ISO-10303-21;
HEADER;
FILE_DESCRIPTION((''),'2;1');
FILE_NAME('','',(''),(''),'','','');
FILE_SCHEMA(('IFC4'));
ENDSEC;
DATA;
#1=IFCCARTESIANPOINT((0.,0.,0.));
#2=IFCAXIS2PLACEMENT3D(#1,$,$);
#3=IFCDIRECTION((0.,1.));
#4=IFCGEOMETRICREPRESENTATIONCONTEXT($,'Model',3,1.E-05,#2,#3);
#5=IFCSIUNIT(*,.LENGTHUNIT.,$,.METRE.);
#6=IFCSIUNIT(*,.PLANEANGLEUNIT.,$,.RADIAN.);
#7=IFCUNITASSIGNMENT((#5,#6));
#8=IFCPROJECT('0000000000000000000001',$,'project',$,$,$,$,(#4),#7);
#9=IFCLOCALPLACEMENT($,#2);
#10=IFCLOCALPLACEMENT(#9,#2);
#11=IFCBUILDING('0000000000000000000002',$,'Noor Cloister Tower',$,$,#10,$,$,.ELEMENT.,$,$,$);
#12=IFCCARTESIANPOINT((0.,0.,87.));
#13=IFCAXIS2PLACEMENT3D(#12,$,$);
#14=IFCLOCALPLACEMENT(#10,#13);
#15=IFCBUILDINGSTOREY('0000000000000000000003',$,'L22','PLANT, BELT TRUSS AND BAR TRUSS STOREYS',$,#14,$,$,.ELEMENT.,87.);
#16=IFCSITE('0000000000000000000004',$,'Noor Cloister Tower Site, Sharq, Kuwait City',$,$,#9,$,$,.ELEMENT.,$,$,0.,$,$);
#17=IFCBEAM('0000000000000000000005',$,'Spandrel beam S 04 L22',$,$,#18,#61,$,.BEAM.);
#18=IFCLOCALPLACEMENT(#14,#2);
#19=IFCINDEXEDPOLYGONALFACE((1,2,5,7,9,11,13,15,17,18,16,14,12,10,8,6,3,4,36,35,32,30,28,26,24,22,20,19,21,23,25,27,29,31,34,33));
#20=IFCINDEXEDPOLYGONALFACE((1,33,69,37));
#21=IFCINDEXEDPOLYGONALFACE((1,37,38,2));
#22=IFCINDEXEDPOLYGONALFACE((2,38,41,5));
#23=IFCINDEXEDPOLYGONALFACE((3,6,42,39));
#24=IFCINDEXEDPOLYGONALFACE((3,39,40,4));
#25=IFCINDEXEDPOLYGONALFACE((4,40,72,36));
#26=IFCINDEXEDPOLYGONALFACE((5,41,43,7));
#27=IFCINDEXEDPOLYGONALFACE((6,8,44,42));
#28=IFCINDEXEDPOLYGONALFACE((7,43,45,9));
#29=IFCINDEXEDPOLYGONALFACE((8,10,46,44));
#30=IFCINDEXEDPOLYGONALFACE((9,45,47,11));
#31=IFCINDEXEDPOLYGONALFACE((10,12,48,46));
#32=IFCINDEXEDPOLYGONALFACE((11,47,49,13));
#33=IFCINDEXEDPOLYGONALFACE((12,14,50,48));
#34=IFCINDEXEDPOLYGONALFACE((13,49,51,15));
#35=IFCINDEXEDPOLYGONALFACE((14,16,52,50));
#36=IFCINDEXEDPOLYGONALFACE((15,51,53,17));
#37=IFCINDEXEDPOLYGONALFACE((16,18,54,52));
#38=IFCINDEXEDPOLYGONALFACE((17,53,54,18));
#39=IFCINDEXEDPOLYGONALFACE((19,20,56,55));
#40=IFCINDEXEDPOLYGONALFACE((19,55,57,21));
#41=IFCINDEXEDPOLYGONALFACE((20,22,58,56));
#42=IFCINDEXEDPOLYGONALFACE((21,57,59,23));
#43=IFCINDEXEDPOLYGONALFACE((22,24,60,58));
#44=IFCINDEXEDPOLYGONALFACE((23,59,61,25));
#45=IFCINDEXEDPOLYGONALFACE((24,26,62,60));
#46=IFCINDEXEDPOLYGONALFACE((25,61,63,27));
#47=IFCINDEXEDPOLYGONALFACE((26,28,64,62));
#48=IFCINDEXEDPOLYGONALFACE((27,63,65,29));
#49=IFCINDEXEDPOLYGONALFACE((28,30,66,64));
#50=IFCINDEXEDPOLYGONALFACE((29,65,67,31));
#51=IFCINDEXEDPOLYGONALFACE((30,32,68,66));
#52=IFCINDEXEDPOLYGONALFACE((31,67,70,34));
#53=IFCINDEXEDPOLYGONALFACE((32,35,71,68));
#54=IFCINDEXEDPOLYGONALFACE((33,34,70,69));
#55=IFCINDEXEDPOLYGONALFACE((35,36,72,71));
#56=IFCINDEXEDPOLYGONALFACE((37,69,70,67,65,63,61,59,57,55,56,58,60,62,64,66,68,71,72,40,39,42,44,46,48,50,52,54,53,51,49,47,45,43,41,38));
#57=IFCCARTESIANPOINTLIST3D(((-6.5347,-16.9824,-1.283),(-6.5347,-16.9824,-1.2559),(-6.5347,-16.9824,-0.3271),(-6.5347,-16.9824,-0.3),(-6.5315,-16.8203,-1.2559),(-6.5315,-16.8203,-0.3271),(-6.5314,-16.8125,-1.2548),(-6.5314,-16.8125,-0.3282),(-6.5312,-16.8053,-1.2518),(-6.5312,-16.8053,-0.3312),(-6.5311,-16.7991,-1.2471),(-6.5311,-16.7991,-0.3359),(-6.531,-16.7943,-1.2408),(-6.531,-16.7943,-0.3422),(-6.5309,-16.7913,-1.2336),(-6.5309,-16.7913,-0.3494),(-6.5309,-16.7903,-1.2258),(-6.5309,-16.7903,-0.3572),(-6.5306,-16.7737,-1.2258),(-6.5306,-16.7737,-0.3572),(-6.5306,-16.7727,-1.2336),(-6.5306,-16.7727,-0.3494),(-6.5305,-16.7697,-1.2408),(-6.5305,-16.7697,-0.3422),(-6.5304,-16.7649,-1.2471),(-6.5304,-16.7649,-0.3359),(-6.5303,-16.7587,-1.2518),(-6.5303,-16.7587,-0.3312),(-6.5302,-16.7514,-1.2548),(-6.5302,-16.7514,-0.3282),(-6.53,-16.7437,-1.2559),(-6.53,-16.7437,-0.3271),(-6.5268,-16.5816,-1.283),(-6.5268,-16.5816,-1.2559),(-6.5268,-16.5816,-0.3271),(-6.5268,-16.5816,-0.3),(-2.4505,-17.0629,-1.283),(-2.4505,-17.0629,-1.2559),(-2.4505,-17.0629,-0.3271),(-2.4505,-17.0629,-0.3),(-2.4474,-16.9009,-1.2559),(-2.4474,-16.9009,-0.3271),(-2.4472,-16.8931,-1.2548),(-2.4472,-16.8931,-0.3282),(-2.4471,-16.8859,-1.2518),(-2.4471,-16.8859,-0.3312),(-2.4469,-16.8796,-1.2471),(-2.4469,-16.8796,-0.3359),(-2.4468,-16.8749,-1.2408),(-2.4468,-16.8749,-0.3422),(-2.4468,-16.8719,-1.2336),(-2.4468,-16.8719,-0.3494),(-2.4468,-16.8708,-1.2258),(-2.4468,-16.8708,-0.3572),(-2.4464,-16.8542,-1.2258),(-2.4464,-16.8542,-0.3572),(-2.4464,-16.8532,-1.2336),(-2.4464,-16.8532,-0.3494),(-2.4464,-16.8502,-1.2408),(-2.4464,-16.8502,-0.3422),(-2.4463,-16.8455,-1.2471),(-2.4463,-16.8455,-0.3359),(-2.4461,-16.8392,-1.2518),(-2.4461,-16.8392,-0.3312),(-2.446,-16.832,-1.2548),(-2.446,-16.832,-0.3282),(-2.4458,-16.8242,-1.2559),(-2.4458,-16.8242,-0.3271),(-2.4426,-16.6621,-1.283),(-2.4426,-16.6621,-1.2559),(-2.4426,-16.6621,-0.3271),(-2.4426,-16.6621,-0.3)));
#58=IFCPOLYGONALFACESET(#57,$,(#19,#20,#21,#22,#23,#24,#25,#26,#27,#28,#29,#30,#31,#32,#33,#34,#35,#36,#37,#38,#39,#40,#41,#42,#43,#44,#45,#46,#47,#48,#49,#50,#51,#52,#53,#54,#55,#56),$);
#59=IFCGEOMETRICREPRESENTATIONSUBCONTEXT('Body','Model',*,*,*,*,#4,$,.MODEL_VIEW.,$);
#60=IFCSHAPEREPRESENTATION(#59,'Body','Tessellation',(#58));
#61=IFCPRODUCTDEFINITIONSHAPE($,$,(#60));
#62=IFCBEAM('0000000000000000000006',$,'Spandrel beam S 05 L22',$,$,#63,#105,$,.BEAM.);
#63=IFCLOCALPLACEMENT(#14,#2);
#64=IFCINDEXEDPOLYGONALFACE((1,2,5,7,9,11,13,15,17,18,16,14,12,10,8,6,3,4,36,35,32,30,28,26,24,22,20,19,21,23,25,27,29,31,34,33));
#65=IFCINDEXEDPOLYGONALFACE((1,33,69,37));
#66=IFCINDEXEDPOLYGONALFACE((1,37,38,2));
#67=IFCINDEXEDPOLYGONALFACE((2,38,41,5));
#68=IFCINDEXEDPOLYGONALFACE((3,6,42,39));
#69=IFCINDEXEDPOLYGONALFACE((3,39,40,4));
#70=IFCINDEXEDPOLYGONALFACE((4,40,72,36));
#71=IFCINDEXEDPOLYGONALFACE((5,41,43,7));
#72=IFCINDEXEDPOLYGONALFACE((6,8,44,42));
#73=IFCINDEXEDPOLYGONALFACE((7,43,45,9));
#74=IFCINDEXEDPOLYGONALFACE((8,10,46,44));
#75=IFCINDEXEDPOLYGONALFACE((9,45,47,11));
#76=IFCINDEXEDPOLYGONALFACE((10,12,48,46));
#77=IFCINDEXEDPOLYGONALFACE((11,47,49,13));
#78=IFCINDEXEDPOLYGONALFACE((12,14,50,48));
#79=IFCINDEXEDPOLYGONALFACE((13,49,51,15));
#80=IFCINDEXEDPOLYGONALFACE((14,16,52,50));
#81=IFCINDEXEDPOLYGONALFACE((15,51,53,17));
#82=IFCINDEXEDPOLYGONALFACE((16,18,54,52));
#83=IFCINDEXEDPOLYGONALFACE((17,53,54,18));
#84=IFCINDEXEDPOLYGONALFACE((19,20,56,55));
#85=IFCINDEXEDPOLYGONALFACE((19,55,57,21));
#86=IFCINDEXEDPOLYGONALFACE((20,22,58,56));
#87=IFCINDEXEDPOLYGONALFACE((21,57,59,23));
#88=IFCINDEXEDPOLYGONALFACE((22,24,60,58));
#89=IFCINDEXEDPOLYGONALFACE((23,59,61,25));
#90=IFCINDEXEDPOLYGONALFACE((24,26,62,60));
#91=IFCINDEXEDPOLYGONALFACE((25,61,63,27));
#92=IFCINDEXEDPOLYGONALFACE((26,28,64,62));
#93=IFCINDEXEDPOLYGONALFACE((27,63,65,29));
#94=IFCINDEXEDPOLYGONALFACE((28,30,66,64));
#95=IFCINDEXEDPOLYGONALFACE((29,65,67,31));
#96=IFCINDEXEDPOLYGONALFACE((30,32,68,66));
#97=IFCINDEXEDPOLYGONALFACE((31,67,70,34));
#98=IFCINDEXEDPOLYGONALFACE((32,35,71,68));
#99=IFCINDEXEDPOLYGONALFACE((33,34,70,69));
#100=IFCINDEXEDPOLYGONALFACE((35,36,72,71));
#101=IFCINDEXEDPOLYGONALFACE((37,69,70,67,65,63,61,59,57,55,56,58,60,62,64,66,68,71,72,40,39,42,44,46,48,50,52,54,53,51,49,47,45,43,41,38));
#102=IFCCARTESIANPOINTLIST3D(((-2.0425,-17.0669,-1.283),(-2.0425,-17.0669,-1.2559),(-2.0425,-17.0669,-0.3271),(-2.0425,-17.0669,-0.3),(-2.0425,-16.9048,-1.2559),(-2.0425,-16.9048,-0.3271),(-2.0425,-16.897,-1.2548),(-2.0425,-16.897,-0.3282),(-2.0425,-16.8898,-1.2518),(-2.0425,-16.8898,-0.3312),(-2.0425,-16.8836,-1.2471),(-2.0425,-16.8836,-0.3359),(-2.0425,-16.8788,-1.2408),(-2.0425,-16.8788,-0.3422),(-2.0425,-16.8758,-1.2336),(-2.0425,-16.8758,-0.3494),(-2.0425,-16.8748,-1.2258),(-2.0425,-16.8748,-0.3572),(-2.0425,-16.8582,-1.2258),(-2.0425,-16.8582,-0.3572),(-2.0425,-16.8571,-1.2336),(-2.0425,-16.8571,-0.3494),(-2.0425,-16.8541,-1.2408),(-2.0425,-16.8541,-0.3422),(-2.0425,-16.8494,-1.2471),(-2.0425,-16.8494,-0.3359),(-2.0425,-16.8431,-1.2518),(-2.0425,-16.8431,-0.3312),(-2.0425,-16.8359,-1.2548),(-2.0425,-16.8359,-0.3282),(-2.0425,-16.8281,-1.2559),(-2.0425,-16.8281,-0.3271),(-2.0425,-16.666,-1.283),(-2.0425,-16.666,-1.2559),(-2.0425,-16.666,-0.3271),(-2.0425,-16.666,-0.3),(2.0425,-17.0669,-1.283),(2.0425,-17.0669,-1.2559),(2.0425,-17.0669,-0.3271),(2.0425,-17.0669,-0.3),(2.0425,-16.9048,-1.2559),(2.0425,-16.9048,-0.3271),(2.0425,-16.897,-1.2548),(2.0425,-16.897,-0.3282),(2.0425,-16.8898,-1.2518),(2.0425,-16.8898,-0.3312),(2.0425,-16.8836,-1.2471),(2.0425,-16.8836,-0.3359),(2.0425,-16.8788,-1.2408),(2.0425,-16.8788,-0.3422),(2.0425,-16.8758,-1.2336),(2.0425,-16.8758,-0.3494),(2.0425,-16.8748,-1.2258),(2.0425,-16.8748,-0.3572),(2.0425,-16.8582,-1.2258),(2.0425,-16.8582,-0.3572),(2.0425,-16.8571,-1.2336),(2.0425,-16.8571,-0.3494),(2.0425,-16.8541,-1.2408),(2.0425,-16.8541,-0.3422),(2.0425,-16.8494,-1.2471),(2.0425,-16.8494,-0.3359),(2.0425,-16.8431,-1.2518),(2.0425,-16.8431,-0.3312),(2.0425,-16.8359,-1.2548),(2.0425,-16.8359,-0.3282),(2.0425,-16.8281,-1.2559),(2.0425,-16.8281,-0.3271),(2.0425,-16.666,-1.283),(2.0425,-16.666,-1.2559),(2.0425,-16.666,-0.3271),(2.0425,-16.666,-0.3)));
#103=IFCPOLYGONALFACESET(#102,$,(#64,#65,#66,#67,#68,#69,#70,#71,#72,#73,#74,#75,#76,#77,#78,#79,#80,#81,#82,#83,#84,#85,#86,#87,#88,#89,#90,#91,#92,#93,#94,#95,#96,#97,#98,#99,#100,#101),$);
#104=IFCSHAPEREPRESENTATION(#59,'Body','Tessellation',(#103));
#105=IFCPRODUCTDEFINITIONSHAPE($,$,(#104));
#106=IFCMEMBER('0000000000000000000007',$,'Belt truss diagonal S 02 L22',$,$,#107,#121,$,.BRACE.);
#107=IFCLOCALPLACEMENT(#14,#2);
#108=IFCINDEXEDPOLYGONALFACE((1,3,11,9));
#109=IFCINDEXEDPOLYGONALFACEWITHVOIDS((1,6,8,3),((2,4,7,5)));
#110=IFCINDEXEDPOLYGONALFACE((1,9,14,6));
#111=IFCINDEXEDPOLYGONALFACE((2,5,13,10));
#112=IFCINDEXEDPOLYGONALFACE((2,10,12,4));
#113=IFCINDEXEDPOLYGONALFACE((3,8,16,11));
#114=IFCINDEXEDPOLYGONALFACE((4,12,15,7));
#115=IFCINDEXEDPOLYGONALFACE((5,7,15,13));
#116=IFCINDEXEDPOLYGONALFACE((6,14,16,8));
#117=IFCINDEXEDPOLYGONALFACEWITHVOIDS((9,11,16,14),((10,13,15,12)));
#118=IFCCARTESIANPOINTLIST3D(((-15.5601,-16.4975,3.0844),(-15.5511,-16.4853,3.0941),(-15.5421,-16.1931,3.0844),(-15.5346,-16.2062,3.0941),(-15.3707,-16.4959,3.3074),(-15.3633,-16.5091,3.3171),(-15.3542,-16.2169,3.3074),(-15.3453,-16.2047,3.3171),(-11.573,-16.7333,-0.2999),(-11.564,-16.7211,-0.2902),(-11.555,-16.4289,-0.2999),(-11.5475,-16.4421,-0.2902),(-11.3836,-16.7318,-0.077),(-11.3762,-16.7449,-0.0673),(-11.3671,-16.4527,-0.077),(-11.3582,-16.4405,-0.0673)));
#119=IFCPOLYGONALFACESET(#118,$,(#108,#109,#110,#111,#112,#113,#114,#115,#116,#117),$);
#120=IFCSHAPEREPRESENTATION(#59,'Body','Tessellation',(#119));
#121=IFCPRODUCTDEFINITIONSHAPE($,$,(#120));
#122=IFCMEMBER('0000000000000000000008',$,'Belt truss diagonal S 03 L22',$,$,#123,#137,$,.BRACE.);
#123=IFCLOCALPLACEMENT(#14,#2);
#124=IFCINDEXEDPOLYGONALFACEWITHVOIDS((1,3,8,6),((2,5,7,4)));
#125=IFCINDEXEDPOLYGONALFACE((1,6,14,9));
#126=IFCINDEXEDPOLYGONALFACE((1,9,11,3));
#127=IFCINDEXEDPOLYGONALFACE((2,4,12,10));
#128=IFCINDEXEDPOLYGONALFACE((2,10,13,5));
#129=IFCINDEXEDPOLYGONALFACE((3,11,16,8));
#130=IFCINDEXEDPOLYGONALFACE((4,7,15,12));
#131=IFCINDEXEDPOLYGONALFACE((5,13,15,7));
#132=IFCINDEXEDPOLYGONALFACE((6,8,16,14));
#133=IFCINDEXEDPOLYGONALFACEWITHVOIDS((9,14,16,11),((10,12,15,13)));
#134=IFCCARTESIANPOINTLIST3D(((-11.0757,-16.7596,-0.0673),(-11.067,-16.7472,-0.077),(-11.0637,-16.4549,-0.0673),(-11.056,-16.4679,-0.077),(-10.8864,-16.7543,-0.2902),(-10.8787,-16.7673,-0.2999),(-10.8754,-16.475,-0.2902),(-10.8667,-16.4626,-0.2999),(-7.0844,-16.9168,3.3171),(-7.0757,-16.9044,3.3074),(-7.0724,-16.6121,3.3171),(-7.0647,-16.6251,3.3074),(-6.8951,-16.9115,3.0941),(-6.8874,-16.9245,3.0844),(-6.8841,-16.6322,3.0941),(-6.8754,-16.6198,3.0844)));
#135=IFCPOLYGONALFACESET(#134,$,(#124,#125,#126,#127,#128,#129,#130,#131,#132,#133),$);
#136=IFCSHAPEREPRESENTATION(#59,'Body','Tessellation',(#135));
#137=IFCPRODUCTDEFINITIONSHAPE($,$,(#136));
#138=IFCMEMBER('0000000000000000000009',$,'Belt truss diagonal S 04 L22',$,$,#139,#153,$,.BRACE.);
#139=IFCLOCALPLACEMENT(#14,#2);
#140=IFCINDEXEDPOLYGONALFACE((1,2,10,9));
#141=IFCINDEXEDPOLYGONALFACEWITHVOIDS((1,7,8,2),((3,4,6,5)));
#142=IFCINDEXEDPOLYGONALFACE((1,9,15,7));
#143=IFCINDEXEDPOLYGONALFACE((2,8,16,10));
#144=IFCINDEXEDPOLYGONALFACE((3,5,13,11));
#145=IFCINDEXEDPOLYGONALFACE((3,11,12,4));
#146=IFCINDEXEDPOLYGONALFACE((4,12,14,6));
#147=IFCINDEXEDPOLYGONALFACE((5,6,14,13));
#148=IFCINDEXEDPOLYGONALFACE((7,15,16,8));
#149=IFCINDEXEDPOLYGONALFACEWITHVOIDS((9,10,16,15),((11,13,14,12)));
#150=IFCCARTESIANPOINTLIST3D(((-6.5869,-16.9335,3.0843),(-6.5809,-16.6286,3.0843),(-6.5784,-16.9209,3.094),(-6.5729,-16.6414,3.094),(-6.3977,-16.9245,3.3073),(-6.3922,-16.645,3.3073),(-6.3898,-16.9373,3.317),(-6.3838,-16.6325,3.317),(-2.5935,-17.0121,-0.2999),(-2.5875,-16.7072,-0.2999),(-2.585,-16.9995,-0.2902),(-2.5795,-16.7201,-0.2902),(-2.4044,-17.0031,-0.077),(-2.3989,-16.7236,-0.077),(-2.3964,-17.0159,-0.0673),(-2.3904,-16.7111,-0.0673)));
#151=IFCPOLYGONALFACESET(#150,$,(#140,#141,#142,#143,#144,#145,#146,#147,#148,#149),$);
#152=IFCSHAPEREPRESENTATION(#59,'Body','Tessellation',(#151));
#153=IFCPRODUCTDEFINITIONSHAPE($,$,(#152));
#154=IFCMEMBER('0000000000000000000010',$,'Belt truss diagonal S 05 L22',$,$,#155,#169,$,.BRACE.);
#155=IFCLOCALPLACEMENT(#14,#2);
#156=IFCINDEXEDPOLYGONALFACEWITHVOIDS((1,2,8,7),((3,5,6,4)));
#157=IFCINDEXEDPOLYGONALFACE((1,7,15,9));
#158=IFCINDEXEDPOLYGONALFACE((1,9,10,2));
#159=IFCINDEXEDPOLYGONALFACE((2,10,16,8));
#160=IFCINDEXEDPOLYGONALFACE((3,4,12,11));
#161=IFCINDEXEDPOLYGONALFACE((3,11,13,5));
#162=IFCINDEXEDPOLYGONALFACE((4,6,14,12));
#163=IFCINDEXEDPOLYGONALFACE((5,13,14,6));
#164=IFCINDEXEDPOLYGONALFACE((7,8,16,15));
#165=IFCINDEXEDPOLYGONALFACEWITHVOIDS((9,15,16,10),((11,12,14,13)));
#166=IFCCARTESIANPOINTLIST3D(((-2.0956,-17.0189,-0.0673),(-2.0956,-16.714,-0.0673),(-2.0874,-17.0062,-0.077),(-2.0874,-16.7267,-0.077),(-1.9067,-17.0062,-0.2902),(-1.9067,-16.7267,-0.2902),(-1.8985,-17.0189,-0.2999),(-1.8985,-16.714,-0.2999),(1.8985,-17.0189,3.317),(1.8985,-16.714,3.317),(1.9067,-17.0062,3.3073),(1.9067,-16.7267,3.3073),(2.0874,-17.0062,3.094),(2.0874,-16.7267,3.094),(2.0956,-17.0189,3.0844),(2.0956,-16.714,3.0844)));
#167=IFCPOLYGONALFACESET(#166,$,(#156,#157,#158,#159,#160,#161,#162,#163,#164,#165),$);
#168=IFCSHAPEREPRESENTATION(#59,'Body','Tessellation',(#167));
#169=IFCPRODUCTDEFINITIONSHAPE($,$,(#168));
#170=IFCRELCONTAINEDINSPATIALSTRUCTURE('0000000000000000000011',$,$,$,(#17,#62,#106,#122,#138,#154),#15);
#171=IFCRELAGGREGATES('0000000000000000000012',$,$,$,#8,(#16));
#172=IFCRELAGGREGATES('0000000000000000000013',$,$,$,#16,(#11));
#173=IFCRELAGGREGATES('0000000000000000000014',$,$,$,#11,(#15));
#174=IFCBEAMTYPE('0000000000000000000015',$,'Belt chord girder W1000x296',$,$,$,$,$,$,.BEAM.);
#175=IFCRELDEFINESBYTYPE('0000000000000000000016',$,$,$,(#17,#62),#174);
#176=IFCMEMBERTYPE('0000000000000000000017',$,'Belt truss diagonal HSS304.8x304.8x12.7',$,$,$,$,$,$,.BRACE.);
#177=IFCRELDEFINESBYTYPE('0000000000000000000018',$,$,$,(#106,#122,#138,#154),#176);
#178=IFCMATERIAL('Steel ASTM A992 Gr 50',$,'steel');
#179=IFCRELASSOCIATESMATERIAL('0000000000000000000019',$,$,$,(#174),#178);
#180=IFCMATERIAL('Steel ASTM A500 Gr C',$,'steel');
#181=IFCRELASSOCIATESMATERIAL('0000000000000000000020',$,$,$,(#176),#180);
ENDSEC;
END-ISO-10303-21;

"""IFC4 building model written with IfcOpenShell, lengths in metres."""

from ifc_helpers import new_model, si_unit, direction, frame, origin, origin_2d, place, context, subcontext, project, spatial, hollow_rectangle, i_section, extrude, material, material_profile, profile_set, type_object, element, save


model = new_model("IFC4")

# Units and contexts
model_context = context("Model", 3, precision=1e-05, world=origin(), true_north=direction((0.0, 1.0)))
body_context = subcontext(model_context, "Body", "Model", "MODEL_VIEW")
ifc_project = project(units=[si_unit("LENGTHUNIT", "METRE"), si_unit("PLANEANGLEUNIT", "RADIAN")], contexts=[model_context])

# Site, building, storey
site_placement = place(None, origin())
site = spatial("IfcSite", under=ifc_project, at=site_placement, Name="Noor Cloister Tower Site, Sharq, Kuwait City", CompositionType="ELEMENT", RefElevation=0.0)
building_placement = place(site_placement, origin())
building = spatial("IfcBuilding", under=site, at=building_placement, Name="Noor Cloister Tower", CompositionType="ELEMENT")
storey_placement = place(building_placement, frame((0.0, 0.0, 87.0)))
storey = spatial("IfcBuildingStorey", under=building, at=storey_placement, Name="L22", Description="PLANT, BELT TRUSS AND BAR TRUSS STOREYS", CompositionType="ELEMENT", Elevation=87.0)

# Beams
ifc_material_1 = material(Name="Steel ASTM A992 Gr 50", Category="steel")
ifc_material_profile_1 = material_profile(ifc_material_1, i_section(OverallWidth=0.4009, OverallDepth=0.9829, WebThickness=0.0166, FlangeThickness=0.0271, FilletRadius=0.03, at=origin_2d()), Name="W1000x296")
ifc_profile_set_1 = profile_set([ifc_material_profile_1], Name="Steel ASTM A992 Gr 50")
beam_type_1 = type_object("IfcBeamType", Name="Belt chord girder W1000x296", PredefinedType="BEAM", material=ifc_profile_set_1)
for number, where, z_axis, x_axis, name in (
    (1, (-6.5308, -16.782, -0.7915), (0.999805, -0.019722, 0.0), (0.019722, 0.999805, 0.0), "Spandrel beam S 04 L22"),
    (2, (-2.0425, -16.8665, -0.7915), (1.0, 0.0, 0.0), (0.0, 1.0, 0.0), "Spandrel beam S 05 L22"),
):
    element("IfcBeam", number, at=place(storey_placement, frame(where, z_axis=z_axis, x_axis=x_axis)), inside=storey, type_object=beam_type_1, Name=name, PredefinedType="BEAM", context=body_context, shape_type="SweptSolid", body=[
        extrude(i_section(OverallWidth=0.4009, OverallDepth=0.9829, WebThickness=0.0166, FlangeThickness=0.0271, FilletRadius=0.03, at=origin_2d()), origin(), (0.0, 0.0, 1.0), 4.085),
    ])

# Members
ifc_material_2 = material(Name="Steel ASTM A500 Gr C", Category="steel")
ifc_material_profile_2 = material_profile(ifc_material_2, hollow_rectangle(XDim=0.3049, YDim=0.3049, WallThickness=0.0127, at=origin_2d()), Name="HSS304.8x304.8x12.7")
ifc_profile_set_2 = profile_set([ifc_material_profile_2], Name="Steel ASTM A500 Gr C")
member_type = type_object("IfcMemberType", Name="Belt truss diagonal HSS304.8x304.8x12.7", PredefinedType="BRACE", material=ifc_profile_set_2)
member_1_placement = place(storey_placement, frame((-11.4656, -16.5869, -0.1836), z_axis=(-0.761611, 0.04505, 0.646467), x_axis=(-0.059048, -0.998255, 0.0)))
element("IfcMember", 3, at=member_1_placement, inside=storey, type_object=member_type, Name="Belt truss diagonal S 02 L22", PredefinedType="BRACE", context=body_context, shape_type="SweptSolid", body=[
    extrude(hollow_rectangle(XDim=0.3049, YDim=0.3049, WallThickness=0.0127, at=origin_2d()), origin(), (0.0, 0.0, 1.0), 5.2351),
])
member_2_placement = place(storey_placement, frame((-10.9712, -16.6111, -0.1836), z_axis=(0.762373, -0.030032, 0.646441), x_axis=(0.039363, 0.999225, 0.0)))
element("IfcMember", 4, at=member_2_placement, inside=storey, type_object=member_type, Name="Belt truss diagonal S 03 L22", PredefinedType="BRACE", context=body_context, shape_type="SweptSolid", body=[
    extrude(hollow_rectangle(XDim=0.3049, YDim=0.3049, WallThickness=0.0127, at=origin_2d()), origin(), (0.0, 0.0, 1.0), 5.2354),
])
for number, where, z_axis, x_axis, name in (
    (5, (-2.4919, -16.8616, -0.1836), (-0.762806, 0.015016, 0.646452), (-0.019682, -0.999806, 0.0), "Belt truss diagonal S 04 L22"),
    (6, (-1.9971, -16.8665, -0.1836), (0.762951, 0.0, 0.646456), (0.0, 1.0, 0.0), "Belt truss diagonal S 05 L22"),
):
    element("IfcMember", number, at=place(storey_placement, frame(where, z_axis=z_axis, x_axis=x_axis)), inside=storey, type_object=member_type, Name=name, PredefinedType="BRACE", context=body_context, shape_type="SweptSolid", body=[
        extrude(hollow_rectangle(XDim=0.3049, YDim=0.3049, WallThickness=0.0127, at=origin_2d()), origin(), (0.0, 0.0, 1.0), 5.2351),
    ])

save(model, "model.ifc")
